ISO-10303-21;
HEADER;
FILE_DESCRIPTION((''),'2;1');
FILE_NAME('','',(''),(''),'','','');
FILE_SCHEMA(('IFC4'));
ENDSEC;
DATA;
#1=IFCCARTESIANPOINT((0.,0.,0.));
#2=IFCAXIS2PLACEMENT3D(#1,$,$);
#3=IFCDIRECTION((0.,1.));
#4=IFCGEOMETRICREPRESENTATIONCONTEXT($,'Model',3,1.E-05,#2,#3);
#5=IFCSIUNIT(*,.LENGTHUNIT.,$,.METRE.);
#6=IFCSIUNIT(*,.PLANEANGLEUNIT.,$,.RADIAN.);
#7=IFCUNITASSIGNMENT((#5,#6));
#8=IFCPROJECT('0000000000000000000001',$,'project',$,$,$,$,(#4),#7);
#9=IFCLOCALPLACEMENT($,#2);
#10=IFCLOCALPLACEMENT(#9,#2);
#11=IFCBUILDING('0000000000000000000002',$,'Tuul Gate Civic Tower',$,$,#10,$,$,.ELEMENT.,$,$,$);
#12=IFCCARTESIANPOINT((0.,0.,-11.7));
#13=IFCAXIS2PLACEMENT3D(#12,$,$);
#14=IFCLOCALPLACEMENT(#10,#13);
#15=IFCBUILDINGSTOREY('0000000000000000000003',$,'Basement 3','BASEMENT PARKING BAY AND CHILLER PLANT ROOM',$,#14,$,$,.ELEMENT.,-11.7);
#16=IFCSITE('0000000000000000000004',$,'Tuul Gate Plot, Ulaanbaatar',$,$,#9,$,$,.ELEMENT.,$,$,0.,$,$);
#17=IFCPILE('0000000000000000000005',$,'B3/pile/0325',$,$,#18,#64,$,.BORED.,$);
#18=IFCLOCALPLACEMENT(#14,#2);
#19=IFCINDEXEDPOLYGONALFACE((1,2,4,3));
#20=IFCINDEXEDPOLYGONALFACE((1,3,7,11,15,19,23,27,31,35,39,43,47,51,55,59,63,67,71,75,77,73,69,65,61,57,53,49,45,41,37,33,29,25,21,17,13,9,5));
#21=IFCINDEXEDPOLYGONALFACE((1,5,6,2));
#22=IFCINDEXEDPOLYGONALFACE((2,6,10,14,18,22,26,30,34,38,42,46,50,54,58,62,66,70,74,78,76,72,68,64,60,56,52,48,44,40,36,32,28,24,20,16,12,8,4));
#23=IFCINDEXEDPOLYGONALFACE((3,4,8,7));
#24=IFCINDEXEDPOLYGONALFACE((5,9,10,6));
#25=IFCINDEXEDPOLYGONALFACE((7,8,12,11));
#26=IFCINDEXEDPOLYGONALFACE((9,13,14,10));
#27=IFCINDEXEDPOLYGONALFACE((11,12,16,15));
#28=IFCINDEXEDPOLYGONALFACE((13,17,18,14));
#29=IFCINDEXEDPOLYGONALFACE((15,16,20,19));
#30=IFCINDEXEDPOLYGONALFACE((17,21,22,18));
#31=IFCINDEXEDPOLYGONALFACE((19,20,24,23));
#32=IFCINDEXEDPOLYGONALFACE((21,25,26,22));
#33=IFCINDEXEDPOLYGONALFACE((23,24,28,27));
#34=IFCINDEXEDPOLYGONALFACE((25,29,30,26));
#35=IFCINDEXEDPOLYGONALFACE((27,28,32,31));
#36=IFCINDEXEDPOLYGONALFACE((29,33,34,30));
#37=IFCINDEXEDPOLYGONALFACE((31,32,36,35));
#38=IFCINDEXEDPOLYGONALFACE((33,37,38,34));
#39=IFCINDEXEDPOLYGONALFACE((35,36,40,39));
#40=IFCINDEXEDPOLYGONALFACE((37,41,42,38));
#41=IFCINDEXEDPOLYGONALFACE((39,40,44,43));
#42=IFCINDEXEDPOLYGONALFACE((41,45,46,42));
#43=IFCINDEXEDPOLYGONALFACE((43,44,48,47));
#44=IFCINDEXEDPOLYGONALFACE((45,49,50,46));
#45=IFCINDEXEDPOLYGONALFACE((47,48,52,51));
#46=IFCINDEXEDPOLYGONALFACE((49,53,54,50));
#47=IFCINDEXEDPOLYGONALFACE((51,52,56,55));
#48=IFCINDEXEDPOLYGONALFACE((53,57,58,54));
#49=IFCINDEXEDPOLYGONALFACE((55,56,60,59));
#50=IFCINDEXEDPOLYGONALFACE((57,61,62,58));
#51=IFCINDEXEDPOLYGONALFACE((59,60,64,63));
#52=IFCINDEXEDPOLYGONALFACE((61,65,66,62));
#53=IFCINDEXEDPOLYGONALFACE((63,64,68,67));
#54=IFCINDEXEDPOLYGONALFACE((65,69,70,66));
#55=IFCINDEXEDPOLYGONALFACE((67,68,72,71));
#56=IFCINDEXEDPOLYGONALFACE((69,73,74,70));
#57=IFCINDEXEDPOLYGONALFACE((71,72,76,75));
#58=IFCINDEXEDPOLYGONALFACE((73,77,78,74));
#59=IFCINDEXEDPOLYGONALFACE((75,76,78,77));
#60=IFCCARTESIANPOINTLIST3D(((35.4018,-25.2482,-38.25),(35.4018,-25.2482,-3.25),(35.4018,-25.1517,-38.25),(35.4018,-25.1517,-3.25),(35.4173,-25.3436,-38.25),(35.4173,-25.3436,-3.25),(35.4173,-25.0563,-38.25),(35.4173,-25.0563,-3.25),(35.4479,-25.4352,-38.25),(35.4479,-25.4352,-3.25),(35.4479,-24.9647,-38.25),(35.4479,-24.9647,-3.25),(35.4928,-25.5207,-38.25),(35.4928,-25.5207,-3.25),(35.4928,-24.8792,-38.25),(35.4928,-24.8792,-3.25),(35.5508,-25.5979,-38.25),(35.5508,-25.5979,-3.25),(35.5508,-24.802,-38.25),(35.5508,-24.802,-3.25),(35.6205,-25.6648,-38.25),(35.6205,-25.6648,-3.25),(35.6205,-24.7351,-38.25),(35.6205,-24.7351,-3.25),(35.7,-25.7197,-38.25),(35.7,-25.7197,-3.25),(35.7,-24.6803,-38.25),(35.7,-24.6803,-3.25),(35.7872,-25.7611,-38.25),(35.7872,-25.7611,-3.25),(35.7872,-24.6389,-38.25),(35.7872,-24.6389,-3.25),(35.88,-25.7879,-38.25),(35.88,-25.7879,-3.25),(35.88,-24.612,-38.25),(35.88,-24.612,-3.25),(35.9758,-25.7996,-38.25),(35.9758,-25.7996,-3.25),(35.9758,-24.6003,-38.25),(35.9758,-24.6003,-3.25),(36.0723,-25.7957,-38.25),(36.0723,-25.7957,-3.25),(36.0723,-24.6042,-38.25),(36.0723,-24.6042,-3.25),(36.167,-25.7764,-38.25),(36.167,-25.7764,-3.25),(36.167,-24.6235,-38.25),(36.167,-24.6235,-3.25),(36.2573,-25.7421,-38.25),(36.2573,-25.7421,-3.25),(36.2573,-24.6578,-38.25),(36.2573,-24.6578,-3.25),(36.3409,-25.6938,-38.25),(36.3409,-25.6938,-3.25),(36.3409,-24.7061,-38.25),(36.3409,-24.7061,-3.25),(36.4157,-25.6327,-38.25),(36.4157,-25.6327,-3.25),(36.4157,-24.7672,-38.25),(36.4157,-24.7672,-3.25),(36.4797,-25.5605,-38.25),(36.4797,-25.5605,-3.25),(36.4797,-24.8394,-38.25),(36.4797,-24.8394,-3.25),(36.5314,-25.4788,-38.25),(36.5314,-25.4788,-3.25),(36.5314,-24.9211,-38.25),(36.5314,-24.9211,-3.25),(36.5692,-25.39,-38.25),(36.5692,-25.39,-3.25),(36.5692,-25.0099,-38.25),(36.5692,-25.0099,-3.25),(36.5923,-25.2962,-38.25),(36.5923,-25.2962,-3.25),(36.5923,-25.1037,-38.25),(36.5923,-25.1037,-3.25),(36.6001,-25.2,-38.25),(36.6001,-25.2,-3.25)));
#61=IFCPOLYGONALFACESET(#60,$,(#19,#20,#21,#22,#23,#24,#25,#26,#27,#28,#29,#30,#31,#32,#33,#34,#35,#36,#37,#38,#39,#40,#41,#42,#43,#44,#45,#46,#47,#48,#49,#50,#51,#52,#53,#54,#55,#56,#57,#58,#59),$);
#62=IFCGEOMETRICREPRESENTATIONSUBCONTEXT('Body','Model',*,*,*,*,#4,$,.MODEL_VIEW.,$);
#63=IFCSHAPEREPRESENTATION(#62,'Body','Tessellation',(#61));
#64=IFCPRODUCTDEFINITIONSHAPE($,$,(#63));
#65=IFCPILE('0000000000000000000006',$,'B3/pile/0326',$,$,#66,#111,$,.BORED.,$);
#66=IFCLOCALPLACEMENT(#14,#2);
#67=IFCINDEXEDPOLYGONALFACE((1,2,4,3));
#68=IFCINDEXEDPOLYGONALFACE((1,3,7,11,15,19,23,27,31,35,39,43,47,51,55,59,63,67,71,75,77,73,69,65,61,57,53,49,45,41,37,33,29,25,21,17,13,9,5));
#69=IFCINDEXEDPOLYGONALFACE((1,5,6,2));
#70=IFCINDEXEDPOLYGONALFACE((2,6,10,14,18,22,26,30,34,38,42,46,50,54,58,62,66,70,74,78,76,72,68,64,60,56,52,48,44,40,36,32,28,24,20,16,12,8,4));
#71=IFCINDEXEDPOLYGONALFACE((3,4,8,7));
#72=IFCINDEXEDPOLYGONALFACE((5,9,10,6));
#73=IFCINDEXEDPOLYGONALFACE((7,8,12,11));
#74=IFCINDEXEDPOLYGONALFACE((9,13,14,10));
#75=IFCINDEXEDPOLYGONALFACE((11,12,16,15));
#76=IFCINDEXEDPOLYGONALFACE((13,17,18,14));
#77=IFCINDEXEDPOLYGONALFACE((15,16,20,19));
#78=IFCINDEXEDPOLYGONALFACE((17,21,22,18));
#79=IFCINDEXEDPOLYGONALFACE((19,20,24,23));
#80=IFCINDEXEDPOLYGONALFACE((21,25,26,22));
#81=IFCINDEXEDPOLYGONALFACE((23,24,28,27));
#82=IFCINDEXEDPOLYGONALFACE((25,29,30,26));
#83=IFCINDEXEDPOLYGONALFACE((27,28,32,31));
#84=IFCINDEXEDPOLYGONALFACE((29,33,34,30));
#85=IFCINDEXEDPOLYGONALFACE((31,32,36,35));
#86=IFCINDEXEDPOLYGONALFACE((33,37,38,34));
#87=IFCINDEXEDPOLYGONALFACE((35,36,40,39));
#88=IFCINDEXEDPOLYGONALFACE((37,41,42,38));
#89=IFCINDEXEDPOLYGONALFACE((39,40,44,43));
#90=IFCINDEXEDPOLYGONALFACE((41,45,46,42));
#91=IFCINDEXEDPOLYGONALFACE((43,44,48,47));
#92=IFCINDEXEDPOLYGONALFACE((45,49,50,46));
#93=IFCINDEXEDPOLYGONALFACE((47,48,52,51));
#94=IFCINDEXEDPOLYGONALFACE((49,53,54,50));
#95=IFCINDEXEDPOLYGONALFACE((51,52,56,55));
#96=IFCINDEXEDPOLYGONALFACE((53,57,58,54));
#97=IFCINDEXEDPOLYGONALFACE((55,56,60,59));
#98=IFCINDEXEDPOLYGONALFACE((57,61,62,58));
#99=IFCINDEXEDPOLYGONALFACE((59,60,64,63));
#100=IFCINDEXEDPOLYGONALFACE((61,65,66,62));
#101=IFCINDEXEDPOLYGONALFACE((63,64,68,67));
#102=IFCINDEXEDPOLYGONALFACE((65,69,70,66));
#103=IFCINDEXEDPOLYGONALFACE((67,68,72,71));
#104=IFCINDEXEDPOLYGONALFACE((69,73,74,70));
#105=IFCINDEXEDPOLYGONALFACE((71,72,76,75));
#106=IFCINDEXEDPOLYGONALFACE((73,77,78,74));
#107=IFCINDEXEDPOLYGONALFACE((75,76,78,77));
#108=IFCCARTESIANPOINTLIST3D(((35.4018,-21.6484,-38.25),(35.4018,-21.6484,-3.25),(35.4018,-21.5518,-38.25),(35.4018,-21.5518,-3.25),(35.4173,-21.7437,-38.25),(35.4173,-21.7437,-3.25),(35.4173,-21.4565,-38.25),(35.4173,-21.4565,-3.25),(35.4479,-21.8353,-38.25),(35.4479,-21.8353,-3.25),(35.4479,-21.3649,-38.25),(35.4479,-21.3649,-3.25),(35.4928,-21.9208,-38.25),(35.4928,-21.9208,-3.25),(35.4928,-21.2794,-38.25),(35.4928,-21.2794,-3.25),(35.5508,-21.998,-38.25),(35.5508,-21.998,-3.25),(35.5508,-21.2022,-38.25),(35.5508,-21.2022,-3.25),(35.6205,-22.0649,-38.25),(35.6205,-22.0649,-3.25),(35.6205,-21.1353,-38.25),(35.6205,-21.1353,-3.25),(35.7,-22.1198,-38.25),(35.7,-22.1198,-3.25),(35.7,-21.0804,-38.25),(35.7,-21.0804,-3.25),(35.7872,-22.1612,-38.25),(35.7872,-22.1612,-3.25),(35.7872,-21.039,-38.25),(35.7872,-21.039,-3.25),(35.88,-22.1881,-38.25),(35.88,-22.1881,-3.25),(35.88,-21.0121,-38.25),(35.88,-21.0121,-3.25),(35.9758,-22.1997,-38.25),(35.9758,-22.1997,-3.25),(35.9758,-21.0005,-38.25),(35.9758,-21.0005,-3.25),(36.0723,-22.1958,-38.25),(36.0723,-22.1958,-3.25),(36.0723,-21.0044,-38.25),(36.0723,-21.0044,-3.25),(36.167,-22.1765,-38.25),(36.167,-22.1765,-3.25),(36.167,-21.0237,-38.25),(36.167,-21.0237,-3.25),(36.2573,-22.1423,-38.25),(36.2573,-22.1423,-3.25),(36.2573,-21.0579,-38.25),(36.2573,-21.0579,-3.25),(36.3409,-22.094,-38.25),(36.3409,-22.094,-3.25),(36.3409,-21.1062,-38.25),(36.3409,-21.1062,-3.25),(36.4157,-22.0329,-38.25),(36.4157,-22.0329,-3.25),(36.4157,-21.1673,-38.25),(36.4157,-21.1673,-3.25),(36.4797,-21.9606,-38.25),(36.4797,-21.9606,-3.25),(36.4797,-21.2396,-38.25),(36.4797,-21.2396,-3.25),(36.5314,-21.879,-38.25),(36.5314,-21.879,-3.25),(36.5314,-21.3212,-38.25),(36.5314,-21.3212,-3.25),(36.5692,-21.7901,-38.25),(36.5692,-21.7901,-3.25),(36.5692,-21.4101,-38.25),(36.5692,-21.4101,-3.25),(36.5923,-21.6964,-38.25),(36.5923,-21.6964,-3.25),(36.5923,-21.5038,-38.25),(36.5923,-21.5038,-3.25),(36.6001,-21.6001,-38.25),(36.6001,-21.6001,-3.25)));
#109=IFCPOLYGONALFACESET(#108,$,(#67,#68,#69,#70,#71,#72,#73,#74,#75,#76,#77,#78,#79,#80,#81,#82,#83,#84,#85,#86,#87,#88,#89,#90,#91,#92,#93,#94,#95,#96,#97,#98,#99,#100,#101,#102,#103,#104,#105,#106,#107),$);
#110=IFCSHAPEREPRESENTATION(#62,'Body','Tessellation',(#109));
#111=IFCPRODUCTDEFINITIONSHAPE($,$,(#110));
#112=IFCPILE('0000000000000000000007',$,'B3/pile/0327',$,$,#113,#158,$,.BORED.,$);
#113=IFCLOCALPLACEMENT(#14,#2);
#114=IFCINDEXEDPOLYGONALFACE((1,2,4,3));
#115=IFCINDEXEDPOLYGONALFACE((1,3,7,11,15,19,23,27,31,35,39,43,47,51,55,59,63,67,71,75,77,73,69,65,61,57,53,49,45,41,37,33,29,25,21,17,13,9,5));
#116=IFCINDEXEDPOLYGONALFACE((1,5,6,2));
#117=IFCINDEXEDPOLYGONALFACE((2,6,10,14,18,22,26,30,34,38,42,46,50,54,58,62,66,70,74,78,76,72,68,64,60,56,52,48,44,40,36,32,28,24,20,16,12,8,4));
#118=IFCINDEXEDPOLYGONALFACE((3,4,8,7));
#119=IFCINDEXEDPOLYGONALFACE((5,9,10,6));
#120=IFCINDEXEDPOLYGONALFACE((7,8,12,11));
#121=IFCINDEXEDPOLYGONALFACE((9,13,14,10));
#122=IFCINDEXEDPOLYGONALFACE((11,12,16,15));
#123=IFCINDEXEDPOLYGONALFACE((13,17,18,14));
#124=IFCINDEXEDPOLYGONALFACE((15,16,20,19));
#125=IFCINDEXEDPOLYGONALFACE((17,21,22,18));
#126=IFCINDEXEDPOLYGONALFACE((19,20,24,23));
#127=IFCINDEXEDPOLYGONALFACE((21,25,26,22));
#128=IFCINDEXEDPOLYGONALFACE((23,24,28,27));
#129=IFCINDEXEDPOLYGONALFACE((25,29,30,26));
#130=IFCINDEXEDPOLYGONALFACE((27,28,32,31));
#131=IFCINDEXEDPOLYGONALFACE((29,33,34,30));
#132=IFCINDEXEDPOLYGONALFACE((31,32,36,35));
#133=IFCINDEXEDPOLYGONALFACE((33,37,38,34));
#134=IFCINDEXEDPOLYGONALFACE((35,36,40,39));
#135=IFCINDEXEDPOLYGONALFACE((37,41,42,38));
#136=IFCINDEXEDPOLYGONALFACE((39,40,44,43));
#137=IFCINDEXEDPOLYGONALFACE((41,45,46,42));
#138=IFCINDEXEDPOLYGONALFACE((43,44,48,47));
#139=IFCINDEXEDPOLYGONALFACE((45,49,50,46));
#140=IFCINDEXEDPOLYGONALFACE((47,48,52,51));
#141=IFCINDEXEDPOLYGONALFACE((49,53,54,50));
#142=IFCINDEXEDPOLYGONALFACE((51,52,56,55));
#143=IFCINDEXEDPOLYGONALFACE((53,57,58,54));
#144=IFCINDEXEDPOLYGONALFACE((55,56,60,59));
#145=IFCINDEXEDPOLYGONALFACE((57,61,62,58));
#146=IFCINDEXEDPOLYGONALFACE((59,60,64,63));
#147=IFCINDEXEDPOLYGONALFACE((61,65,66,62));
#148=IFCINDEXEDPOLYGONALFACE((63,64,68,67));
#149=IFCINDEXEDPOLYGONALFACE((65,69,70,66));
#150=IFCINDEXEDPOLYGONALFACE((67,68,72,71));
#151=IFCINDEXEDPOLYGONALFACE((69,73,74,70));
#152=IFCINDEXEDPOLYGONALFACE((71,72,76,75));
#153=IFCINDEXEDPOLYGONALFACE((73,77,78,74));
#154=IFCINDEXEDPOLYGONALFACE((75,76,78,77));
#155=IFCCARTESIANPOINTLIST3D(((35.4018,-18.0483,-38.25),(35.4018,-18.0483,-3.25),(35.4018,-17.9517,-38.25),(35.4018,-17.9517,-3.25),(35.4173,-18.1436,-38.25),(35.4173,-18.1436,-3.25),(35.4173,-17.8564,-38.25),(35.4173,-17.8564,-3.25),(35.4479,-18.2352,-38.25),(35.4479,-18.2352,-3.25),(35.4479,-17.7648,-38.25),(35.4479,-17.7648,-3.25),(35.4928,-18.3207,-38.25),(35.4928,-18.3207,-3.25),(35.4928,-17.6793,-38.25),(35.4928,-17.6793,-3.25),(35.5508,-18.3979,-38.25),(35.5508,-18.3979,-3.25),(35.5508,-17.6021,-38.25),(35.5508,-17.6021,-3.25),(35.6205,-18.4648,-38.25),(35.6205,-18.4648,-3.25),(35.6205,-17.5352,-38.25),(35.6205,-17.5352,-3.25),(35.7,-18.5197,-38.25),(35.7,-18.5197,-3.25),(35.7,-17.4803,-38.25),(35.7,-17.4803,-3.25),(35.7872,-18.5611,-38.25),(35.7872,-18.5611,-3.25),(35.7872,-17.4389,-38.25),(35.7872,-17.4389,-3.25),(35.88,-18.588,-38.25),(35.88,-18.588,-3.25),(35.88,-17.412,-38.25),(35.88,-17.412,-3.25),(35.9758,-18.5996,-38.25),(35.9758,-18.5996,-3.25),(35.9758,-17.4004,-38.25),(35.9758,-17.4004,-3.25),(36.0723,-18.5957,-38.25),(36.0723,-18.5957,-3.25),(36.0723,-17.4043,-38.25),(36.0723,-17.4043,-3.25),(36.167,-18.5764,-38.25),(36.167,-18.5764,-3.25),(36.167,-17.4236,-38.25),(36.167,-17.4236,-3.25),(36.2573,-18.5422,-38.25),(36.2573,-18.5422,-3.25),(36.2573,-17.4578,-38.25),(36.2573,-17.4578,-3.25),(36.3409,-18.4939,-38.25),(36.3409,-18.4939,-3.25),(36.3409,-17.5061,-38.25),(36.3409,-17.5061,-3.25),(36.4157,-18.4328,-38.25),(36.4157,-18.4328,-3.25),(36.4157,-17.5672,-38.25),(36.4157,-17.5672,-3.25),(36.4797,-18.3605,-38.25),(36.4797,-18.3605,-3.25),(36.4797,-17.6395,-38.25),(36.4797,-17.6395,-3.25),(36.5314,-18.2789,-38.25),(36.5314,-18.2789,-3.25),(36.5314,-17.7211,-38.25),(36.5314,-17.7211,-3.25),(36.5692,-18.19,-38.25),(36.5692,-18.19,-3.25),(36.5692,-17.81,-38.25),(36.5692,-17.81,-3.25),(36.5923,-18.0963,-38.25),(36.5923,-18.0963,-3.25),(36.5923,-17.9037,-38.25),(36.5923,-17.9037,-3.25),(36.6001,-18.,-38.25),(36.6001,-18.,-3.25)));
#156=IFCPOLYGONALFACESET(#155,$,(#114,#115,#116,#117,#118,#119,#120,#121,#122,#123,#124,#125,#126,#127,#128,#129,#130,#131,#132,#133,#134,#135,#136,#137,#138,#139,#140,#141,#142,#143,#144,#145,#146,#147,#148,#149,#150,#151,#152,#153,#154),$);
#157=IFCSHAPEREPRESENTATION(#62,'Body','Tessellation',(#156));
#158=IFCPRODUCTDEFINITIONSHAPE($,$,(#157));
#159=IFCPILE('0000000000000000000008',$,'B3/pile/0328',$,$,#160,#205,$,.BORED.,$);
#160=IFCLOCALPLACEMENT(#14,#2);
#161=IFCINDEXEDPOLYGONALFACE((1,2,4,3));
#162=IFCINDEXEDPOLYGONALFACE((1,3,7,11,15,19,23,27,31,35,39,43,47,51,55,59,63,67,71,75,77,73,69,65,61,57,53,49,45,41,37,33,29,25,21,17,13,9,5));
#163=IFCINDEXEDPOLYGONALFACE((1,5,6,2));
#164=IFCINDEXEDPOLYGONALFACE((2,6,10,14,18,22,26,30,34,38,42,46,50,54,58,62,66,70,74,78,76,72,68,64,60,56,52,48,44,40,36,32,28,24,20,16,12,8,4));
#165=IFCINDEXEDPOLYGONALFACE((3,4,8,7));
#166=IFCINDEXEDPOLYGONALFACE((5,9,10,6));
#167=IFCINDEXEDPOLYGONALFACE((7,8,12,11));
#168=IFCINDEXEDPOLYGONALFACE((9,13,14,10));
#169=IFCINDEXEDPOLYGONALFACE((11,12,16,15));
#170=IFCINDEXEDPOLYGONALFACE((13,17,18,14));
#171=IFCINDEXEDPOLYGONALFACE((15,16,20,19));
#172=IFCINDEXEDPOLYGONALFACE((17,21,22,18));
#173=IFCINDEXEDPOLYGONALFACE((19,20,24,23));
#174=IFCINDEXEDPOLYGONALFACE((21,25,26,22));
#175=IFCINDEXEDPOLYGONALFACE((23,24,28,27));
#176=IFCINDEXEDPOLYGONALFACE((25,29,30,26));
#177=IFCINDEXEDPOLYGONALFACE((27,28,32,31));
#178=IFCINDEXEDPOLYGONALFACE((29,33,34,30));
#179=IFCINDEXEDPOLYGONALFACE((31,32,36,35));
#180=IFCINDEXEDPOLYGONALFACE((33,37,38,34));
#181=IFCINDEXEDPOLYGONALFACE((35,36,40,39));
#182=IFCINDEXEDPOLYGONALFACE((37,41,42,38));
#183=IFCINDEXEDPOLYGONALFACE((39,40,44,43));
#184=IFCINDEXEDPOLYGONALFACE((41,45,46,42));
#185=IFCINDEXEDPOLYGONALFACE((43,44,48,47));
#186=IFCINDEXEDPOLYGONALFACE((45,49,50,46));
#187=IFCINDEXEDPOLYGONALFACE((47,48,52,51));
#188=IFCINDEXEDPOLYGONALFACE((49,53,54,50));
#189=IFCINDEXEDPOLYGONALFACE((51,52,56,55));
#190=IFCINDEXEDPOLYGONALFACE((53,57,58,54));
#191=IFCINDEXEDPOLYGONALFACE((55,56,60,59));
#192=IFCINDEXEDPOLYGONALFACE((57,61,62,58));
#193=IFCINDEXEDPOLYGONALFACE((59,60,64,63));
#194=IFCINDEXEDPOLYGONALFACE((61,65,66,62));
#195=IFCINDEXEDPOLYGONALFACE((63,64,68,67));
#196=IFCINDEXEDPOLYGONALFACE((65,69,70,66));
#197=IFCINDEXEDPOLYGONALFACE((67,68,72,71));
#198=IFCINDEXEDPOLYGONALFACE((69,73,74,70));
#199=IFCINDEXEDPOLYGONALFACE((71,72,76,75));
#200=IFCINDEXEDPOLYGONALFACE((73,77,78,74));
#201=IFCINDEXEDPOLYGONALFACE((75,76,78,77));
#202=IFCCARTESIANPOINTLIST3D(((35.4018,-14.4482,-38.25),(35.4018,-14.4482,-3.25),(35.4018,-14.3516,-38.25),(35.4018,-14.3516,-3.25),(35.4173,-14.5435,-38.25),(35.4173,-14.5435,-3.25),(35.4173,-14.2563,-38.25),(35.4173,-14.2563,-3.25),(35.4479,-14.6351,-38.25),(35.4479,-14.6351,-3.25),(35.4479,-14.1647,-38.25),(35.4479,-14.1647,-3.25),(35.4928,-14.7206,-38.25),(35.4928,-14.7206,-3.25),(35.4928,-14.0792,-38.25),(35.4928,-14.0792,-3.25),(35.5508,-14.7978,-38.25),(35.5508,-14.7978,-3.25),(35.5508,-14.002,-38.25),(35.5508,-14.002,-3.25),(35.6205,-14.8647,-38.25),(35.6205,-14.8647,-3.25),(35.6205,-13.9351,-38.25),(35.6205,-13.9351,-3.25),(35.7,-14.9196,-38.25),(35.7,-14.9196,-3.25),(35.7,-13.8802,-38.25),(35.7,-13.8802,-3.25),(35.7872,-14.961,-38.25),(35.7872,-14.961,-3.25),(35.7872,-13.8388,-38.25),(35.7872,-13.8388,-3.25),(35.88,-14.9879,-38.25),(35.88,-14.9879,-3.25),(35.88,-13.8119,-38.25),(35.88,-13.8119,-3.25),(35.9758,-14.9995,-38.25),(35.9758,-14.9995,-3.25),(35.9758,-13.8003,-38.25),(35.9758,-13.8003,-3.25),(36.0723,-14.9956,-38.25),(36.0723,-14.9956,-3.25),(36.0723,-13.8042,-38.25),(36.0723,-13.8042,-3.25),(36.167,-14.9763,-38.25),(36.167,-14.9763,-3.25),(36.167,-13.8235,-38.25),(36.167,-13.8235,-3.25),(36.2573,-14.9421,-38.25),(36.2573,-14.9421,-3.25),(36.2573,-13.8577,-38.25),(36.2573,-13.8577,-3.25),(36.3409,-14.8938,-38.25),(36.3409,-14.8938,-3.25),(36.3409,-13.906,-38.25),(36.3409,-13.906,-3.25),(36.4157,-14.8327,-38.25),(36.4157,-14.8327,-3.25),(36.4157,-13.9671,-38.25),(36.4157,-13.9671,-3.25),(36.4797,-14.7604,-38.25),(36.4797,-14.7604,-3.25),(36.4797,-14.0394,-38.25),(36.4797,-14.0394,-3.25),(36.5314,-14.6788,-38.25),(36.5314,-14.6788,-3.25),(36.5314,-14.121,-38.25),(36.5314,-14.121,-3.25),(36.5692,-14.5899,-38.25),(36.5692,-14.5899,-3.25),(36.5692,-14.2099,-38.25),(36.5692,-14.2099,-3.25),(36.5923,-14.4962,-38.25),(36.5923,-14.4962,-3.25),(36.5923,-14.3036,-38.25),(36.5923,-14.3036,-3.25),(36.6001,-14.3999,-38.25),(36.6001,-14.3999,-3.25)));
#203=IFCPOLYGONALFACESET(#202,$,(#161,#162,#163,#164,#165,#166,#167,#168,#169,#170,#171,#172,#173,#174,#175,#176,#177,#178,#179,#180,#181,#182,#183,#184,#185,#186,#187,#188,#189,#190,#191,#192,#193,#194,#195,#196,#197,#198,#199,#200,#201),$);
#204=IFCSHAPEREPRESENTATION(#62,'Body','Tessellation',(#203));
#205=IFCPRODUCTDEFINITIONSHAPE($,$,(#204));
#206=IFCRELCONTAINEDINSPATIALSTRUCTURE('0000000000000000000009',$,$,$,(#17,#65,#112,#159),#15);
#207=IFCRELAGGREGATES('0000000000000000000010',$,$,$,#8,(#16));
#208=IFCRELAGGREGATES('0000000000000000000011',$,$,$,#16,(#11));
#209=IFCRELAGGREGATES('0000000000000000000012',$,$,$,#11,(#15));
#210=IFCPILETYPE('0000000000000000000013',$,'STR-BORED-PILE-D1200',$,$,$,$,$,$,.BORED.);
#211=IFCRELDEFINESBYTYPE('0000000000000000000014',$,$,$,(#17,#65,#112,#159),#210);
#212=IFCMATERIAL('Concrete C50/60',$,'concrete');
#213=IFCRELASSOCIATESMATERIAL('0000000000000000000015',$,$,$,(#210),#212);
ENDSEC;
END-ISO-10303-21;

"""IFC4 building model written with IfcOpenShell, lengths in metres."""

from ifc_helpers import new_model, si_unit, direction, frame, origin, origin_2d, place, context, subcontext, project, spatial, circle, extrude, material, material_profile, profile_set, type_object, element, save


model = new_model("IFC4")

# Units and contexts
model_context = context("Model", 3, precision=1e-05, world=origin(), true_north=direction((0.0, 1.0)))
body_context = subcontext(model_context, "Body", "Model", "MODEL_VIEW")
ifc_project = project(units=[si_unit("LENGTHUNIT", "METRE"), si_unit("PLANEANGLEUNIT", "RADIAN")], contexts=[model_context])

# Site, building, storey
site_placement = place(None, origin())
site = spatial("IfcSite", under=ifc_project, at=site_placement, Name="Tuul Gate Plot, Ulaanbaatar", CompositionType="ELEMENT", RefElevation=0.0)
building_placement = place(site_placement, origin())
building = spatial("IfcBuilding", under=site, at=building_placement, Name="Tuul Gate Civic Tower", CompositionType="ELEMENT")
storey_placement = place(building_placement, frame((0.0, 0.0, -11.7)))
storey = spatial("IfcBuildingStorey", under=building, at=storey_placement, Name="Basement 3", Description="BASEMENT PARKING BAY AND CHILLER PLANT ROOM", CompositionType="ELEMENT", Elevation=-11.7)

# Piles
ifc_material_1 = material(Name="Concrete C50/60", Category="concrete")
ifc_material_profile_1 = material_profile(ifc_material_1, circle(Radius=0.6001, at=origin_2d()), Name="PILE1200")
ifc_profile_set_1 = profile_set([ifc_material_profile_1], Name="Concrete C50/60")
pile_type = type_object("IfcPileType", Name="STR-BORED-PILE-D1200", PredefinedType="BORED", material=ifc_profile_set_1)
for number, where, z_axis, x_axis, name in (
    (1, (36.0, -25.2, -3.25), (0.0, 0.0, -1.0), (1.0, 0.0, 0.0), "B3/pile/0325"),
    (2, (36.0, -21.6001, -3.25), (0.0, 0.0, -1.0), (1.0, 0.0, 0.0), "B3/pile/0326"),
    (3, (36.0, -18.0, -3.25), (0.0, 0.0, -1.0), (1.0, 0.0, 0.0), "B3/pile/0327"),
    (4, (36.0, -14.3999, -3.25), (0.0, 0.0, -1.0), (1.0, 0.0, 0.0), "B3/pile/0328"),
):
    element("IfcPile", number, at=place(storey_placement, frame(where, z_axis=z_axis, x_axis=x_axis)), inside=storey, type_object=pile_type, Name=name, PredefinedType="BORED", context=body_context, shape_type="SweptSolid", body=[
        extrude(circle(Radius=0.6001, at=origin_2d()), origin(), (0.0, 0.0, 1.0), 35.0),
    ])

save(model, "model.ifc")
